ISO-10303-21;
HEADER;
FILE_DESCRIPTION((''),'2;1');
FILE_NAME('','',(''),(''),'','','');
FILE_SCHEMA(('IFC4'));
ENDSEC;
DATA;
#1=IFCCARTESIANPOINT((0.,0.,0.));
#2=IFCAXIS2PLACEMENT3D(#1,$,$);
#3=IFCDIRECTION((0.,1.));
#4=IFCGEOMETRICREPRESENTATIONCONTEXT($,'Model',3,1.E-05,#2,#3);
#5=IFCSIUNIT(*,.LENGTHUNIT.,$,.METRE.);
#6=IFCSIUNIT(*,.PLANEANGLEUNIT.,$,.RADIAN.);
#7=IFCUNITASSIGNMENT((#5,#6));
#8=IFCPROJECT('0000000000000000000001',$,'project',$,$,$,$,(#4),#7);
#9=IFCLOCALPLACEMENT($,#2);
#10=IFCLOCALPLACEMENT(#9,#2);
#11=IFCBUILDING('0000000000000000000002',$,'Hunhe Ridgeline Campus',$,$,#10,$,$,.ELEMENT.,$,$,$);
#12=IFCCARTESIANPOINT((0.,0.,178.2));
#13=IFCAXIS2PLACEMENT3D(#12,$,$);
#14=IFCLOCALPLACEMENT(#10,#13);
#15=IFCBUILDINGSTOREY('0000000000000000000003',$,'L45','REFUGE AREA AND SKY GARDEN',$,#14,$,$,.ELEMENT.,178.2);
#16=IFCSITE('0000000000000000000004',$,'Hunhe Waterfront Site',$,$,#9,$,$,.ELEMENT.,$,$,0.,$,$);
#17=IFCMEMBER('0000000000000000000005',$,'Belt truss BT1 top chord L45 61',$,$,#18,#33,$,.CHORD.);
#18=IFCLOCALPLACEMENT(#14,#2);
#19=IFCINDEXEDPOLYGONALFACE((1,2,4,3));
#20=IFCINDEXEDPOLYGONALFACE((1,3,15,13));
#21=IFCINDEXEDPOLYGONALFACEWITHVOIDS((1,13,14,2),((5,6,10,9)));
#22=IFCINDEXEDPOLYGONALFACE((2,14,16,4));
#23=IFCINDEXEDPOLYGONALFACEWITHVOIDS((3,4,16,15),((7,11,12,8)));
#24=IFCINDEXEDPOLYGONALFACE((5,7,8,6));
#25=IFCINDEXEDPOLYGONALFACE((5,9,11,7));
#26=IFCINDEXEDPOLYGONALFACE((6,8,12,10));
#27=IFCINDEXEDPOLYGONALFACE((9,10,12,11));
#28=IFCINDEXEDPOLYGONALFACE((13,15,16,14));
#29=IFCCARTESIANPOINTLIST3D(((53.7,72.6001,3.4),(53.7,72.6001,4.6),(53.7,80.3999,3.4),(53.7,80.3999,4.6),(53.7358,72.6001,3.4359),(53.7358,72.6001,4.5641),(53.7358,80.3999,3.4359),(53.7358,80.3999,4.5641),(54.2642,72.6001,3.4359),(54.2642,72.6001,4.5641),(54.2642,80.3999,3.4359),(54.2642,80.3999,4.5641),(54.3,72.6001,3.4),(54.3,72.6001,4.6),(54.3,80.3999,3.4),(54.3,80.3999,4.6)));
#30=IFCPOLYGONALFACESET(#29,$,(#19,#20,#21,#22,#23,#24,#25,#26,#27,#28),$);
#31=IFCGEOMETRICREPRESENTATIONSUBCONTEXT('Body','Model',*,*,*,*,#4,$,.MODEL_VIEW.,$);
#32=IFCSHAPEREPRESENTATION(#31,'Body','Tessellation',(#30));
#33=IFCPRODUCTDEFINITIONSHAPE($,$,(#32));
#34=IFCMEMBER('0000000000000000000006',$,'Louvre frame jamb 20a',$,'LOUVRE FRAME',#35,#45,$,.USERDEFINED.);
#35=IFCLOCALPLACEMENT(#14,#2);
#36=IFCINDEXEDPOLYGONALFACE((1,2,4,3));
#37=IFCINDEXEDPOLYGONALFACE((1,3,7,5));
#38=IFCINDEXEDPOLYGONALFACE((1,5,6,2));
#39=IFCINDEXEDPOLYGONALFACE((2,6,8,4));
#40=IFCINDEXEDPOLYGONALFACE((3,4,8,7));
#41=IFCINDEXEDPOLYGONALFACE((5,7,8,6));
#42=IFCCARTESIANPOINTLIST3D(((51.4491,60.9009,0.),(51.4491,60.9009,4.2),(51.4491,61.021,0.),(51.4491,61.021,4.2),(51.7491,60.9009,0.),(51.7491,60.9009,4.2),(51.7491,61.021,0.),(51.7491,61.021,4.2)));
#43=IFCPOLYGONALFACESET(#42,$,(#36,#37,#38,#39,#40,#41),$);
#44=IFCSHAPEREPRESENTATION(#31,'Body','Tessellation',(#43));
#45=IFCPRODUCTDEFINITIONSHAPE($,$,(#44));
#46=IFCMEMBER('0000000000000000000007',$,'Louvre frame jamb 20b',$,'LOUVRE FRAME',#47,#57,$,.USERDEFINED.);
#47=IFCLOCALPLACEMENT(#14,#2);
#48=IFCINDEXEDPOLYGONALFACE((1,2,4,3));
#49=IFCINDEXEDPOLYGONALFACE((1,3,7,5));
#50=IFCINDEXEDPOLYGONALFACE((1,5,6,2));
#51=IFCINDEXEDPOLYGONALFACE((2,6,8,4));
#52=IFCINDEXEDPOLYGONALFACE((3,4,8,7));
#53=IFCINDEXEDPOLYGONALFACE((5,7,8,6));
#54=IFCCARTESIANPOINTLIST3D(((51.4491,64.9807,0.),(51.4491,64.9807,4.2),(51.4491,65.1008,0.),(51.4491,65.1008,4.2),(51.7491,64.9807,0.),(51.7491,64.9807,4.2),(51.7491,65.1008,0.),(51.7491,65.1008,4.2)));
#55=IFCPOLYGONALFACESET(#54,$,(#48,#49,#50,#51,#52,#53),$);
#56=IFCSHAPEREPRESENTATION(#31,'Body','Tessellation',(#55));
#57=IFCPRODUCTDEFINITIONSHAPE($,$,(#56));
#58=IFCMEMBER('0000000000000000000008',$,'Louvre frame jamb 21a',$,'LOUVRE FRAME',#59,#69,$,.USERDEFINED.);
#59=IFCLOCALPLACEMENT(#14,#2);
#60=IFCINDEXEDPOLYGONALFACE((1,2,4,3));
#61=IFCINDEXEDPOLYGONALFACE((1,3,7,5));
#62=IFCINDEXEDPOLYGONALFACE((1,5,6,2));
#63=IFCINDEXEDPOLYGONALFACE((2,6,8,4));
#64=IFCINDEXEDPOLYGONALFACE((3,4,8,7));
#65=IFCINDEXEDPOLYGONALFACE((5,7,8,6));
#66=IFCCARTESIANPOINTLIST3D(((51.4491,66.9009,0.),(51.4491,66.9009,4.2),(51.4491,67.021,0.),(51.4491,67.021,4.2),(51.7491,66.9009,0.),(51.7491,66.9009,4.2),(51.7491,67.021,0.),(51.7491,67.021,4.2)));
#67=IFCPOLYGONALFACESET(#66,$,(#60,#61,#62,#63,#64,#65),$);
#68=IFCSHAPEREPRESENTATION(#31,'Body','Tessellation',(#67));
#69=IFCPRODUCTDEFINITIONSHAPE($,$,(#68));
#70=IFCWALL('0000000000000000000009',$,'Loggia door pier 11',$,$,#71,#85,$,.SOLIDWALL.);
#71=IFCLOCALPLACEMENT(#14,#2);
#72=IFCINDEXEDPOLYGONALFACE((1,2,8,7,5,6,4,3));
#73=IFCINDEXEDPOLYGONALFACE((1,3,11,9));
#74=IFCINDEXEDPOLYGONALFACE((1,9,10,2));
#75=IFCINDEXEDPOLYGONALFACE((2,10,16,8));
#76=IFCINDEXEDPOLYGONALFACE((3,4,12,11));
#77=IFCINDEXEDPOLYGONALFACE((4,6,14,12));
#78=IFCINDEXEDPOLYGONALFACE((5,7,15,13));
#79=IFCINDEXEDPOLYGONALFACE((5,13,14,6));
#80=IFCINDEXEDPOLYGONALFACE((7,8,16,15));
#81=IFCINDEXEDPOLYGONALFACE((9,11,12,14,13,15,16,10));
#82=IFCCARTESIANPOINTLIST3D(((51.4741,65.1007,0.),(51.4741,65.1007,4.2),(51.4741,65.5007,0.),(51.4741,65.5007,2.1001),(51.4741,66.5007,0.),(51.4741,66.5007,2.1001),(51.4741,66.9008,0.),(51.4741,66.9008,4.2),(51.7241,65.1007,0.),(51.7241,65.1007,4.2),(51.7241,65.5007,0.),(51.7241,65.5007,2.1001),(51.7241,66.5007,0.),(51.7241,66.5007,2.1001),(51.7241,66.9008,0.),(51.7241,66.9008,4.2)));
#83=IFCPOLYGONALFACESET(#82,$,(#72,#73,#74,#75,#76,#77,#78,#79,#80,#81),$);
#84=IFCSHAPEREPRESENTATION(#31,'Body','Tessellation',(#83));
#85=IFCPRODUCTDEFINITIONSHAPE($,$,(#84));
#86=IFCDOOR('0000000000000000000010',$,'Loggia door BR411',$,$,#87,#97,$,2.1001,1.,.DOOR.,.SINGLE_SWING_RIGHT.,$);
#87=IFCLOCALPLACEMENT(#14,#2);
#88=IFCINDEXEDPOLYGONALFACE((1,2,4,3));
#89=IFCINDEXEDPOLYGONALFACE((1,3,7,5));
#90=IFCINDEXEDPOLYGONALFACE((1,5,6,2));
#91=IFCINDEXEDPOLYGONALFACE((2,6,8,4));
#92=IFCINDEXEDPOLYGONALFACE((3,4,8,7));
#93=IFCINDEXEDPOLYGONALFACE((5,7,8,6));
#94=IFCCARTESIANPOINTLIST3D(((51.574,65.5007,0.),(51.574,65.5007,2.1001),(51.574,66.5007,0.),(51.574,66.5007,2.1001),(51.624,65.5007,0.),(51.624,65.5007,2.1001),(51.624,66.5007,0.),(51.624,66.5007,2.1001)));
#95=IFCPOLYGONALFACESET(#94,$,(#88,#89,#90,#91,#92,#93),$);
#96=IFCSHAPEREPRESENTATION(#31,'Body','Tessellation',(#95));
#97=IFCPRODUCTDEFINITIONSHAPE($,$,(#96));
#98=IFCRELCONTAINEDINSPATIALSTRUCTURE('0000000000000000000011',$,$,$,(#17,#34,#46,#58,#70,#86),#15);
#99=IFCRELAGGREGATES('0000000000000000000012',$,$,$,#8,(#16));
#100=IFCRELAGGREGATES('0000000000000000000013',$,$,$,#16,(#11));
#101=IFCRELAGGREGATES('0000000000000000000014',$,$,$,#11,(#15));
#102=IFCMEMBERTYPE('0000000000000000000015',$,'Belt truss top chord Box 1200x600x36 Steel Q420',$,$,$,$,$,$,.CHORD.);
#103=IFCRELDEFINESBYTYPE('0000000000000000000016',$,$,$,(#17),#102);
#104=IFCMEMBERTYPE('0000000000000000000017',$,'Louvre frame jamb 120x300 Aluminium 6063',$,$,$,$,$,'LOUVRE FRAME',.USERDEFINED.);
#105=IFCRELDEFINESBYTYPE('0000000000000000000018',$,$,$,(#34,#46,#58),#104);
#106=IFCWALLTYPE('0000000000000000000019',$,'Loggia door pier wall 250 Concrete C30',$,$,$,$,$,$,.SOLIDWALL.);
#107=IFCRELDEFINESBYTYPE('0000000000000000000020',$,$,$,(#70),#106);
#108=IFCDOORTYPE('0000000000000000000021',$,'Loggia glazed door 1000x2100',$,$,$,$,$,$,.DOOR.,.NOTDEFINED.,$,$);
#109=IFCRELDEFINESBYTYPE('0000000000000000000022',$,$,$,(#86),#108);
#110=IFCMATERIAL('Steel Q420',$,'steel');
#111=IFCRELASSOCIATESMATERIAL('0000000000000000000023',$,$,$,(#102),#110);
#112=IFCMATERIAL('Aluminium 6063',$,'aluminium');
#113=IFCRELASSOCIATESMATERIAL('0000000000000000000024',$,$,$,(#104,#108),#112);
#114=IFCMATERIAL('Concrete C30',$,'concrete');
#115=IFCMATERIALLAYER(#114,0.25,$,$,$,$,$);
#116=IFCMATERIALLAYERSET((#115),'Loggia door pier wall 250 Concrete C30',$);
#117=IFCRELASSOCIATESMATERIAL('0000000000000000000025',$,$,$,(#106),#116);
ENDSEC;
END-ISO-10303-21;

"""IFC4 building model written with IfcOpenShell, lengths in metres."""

from ifc_helpers import new_model, si_unit, direction, frame, frame_2d, origin, origin_2d, place, context, subcontext, project, spatial, rectangle, hollow_rectangle, extrude, material, layer, layer_set, material_profile, profile_set, type_object, element, fill, save


model = new_model("IFC4")

# Units and contexts
model_context = context("Model", 3, precision=1e-05, world=origin(), true_north=direction((0.0, 1.0)))
body_context = subcontext(model_context, "Body", "Model", "MODEL_VIEW")
ifc_project = project(units=[si_unit("LENGTHUNIT", "METRE"), si_unit("PLANEANGLEUNIT", "RADIAN")], contexts=[model_context])

# Site, building, storey
site_placement = place(None, origin())
site = spatial("IfcSite", under=ifc_project, at=site_placement, Name="Hunhe Waterfront Site", CompositionType="ELEMENT", RefElevation=0.0)
building_placement = place(site_placement, origin())
building = spatial("IfcBuilding", under=site, at=building_placement, Name="Hunhe Ridgeline Campus", CompositionType="ELEMENT")
storey_placement = place(building_placement, frame((0.0, 0.0, 178.2)))
storey = spatial("IfcBuildingStorey", under=building, at=storey_placement, Name="L45", Description="REFUGE AREA AND SKY GARDEN", CompositionType="ELEMENT", Elevation=178.2)

# Members
ifc_material_1 = material(Name="Steel Q420", Category="steel")
ifc_material_profile_1 = material_profile(ifc_material_1, hollow_rectangle(XDim=0.6001, YDim=1.2, WallThickness=0.0359, at=origin_2d()))
ifc_profile_set_1 = profile_set([ifc_material_profile_1], Name="Steel Q420")
member_type_1 = type_object("IfcMemberType", Name="Belt truss top chord Box 1200x600x36 Steel Q420", PredefinedType="CHORD", material=ifc_profile_set_1)
for number, where, z_axis, x_axis, name in (
    (1, (54.0, 72.6001, 4.0), (0.0, 1.0, 0.0), (-1.0, 0.0, 0.0), "Belt truss BT1 top chord L45 61"),
):
    element("IfcMember", number, at=place(storey_placement, frame(where, z_axis=z_axis, x_axis=x_axis)), inside=storey, type_object=member_type_1, Name=name, PredefinedType="CHORD", context=body_context, shape_type="SweptSolid", body=[
        extrude(hollow_rectangle(XDim=0.6001, YDim=1.2, WallThickness=0.0359, at=origin_2d()), origin(), (0.0, 0.0, 1.0), 7.7998),
    ])
ifc_material_2 = material(Name="Aluminium 6063", Category="aluminium")
ifc_material_profile_2 = material_profile(ifc_material_2, rectangle(XDim=0.3, YDim=0.1201, at=origin_2d()))
ifc_profile_set_2 = profile_set([ifc_material_profile_2], Name="Aluminium 6063")
member_type_2 = type_object("IfcMemberType", Name="Louvre frame jamb 120x300 Aluminium 6063", ElementType="LOUVRE FRAME", PredefinedType="USERDEFINED", material=ifc_profile_set_2)
for number, where, z_axis, x_axis, name in (
    (2, (51.5991, 60.9609, 0.0), (0.0, 0.0, 1.0), (-1.0, 0.0, 0.0), "Louvre frame jamb 20a"),
    (3, (51.5991, 65.0408, 0.0), (0.0, 0.0, 1.0), (-1.0, 0.0, 0.0), "Louvre frame jamb 20b"),
    (4, (51.5991, 66.9609, 0.0), (0.0, 0.0, 1.0), (-1.0, 0.0, 0.0), "Louvre frame jamb 21a"),
):
    element("IfcMember", number, at=place(storey_placement, frame(where, z_axis=z_axis, x_axis=x_axis)), inside=storey, type_object=member_type_2, Name=name, ObjectType="LOUVRE FRAME", PredefinedType="USERDEFINED", context=body_context, shape_type="SweptSolid", body=[
        extrude(rectangle(XDim=0.3, YDim=0.1201, at=origin_2d()), origin(), (0.0, 0.0, 1.0), 4.2),
    ])

# Wall, opening, door
ifc_material_3 = material(Name="Concrete C30", Category="concrete")
ifc_layer_1 = layer(ifc_material_3, 0.25)
ifc_layer_set_1 = layer_set([ifc_layer_1], Name="Loggia door pier wall 250 Concrete C30")
wall_type = type_object("IfcWallType", Name="Loggia door pier wall 250 Concrete C30", PredefinedType="SOLIDWALL", material=ifc_layer_set_1)
wall_placement = place(storey_placement, frame((51.5991, 65.1008, 0.0), z_axis=(0.0, 0.0, 1.0), x_axis=(0.0, 1.0, 0.0)))
wall = element("IfcWall", 5, at=wall_placement, inside=storey, type_object=wall_type, Name="Loggia door pier 11", PredefinedType="SOLIDWALL", context=body_context, shape_type="SweptSolid", body=[
    extrude(rectangle(XDim=1.8, YDim=0.25, at=frame_2d((0.8999, 0.0))), origin(), (0.0, 0.0, 1.0), 4.2),
])
opening_placement = place(wall_placement, frame((0.3999, 0.0, 0.0)))
opening = element("IfcOpeningElement", 6, at=opening_placement, cuts=wall, PredefinedType="OPENING", context=body_context, shape_type="SweptSolid", body=[
    extrude(rectangle(XDim=1.0, YDim=2.1001, at=frame_2d((0.5, 1.05))), frame((0.0, 0.125, 0.0), z_axis=(0.0, -1.0, 0.0), x_axis=(1.0, 0.0, 0.0)), (0.0, 0.0, 1.0), 0.25),
])
door_type = type_object("IfcDoorType", Name="Loggia glazed door 1000x2100", OperationType="NOTDEFINED", PredefinedType="DOOR", material=ifc_material_2)
door_placement = place(opening_placement, frame((1.0, 0.0, 0.0), z_axis=(0.0, 0.0, 1.0), x_axis=(-1.0, 0.0, 0.0)))
door = element("IfcDoor", 7, at=door_placement, inside=storey, type_object=door_type, Name="Loggia door BR411", OperationType="SINGLE_SWING_RIGHT", OverallHeight=2.1001, OverallWidth=1.0, PredefinedType="DOOR", context=body_context, shape_type="SweptSolid", body=[
    extrude(rectangle(XDim=1.0, YDim=2.1001, at=frame_2d((0.5, 1.05))), frame((0.0, 0.0249, 0.0), z_axis=(0.0, -1.0, 0.0), x_axis=(1.0, 0.0, 0.0)), (0.0, 0.0, 1.0), 0.05),
])
fill(opening, door)

save(model, "model.ifc")
